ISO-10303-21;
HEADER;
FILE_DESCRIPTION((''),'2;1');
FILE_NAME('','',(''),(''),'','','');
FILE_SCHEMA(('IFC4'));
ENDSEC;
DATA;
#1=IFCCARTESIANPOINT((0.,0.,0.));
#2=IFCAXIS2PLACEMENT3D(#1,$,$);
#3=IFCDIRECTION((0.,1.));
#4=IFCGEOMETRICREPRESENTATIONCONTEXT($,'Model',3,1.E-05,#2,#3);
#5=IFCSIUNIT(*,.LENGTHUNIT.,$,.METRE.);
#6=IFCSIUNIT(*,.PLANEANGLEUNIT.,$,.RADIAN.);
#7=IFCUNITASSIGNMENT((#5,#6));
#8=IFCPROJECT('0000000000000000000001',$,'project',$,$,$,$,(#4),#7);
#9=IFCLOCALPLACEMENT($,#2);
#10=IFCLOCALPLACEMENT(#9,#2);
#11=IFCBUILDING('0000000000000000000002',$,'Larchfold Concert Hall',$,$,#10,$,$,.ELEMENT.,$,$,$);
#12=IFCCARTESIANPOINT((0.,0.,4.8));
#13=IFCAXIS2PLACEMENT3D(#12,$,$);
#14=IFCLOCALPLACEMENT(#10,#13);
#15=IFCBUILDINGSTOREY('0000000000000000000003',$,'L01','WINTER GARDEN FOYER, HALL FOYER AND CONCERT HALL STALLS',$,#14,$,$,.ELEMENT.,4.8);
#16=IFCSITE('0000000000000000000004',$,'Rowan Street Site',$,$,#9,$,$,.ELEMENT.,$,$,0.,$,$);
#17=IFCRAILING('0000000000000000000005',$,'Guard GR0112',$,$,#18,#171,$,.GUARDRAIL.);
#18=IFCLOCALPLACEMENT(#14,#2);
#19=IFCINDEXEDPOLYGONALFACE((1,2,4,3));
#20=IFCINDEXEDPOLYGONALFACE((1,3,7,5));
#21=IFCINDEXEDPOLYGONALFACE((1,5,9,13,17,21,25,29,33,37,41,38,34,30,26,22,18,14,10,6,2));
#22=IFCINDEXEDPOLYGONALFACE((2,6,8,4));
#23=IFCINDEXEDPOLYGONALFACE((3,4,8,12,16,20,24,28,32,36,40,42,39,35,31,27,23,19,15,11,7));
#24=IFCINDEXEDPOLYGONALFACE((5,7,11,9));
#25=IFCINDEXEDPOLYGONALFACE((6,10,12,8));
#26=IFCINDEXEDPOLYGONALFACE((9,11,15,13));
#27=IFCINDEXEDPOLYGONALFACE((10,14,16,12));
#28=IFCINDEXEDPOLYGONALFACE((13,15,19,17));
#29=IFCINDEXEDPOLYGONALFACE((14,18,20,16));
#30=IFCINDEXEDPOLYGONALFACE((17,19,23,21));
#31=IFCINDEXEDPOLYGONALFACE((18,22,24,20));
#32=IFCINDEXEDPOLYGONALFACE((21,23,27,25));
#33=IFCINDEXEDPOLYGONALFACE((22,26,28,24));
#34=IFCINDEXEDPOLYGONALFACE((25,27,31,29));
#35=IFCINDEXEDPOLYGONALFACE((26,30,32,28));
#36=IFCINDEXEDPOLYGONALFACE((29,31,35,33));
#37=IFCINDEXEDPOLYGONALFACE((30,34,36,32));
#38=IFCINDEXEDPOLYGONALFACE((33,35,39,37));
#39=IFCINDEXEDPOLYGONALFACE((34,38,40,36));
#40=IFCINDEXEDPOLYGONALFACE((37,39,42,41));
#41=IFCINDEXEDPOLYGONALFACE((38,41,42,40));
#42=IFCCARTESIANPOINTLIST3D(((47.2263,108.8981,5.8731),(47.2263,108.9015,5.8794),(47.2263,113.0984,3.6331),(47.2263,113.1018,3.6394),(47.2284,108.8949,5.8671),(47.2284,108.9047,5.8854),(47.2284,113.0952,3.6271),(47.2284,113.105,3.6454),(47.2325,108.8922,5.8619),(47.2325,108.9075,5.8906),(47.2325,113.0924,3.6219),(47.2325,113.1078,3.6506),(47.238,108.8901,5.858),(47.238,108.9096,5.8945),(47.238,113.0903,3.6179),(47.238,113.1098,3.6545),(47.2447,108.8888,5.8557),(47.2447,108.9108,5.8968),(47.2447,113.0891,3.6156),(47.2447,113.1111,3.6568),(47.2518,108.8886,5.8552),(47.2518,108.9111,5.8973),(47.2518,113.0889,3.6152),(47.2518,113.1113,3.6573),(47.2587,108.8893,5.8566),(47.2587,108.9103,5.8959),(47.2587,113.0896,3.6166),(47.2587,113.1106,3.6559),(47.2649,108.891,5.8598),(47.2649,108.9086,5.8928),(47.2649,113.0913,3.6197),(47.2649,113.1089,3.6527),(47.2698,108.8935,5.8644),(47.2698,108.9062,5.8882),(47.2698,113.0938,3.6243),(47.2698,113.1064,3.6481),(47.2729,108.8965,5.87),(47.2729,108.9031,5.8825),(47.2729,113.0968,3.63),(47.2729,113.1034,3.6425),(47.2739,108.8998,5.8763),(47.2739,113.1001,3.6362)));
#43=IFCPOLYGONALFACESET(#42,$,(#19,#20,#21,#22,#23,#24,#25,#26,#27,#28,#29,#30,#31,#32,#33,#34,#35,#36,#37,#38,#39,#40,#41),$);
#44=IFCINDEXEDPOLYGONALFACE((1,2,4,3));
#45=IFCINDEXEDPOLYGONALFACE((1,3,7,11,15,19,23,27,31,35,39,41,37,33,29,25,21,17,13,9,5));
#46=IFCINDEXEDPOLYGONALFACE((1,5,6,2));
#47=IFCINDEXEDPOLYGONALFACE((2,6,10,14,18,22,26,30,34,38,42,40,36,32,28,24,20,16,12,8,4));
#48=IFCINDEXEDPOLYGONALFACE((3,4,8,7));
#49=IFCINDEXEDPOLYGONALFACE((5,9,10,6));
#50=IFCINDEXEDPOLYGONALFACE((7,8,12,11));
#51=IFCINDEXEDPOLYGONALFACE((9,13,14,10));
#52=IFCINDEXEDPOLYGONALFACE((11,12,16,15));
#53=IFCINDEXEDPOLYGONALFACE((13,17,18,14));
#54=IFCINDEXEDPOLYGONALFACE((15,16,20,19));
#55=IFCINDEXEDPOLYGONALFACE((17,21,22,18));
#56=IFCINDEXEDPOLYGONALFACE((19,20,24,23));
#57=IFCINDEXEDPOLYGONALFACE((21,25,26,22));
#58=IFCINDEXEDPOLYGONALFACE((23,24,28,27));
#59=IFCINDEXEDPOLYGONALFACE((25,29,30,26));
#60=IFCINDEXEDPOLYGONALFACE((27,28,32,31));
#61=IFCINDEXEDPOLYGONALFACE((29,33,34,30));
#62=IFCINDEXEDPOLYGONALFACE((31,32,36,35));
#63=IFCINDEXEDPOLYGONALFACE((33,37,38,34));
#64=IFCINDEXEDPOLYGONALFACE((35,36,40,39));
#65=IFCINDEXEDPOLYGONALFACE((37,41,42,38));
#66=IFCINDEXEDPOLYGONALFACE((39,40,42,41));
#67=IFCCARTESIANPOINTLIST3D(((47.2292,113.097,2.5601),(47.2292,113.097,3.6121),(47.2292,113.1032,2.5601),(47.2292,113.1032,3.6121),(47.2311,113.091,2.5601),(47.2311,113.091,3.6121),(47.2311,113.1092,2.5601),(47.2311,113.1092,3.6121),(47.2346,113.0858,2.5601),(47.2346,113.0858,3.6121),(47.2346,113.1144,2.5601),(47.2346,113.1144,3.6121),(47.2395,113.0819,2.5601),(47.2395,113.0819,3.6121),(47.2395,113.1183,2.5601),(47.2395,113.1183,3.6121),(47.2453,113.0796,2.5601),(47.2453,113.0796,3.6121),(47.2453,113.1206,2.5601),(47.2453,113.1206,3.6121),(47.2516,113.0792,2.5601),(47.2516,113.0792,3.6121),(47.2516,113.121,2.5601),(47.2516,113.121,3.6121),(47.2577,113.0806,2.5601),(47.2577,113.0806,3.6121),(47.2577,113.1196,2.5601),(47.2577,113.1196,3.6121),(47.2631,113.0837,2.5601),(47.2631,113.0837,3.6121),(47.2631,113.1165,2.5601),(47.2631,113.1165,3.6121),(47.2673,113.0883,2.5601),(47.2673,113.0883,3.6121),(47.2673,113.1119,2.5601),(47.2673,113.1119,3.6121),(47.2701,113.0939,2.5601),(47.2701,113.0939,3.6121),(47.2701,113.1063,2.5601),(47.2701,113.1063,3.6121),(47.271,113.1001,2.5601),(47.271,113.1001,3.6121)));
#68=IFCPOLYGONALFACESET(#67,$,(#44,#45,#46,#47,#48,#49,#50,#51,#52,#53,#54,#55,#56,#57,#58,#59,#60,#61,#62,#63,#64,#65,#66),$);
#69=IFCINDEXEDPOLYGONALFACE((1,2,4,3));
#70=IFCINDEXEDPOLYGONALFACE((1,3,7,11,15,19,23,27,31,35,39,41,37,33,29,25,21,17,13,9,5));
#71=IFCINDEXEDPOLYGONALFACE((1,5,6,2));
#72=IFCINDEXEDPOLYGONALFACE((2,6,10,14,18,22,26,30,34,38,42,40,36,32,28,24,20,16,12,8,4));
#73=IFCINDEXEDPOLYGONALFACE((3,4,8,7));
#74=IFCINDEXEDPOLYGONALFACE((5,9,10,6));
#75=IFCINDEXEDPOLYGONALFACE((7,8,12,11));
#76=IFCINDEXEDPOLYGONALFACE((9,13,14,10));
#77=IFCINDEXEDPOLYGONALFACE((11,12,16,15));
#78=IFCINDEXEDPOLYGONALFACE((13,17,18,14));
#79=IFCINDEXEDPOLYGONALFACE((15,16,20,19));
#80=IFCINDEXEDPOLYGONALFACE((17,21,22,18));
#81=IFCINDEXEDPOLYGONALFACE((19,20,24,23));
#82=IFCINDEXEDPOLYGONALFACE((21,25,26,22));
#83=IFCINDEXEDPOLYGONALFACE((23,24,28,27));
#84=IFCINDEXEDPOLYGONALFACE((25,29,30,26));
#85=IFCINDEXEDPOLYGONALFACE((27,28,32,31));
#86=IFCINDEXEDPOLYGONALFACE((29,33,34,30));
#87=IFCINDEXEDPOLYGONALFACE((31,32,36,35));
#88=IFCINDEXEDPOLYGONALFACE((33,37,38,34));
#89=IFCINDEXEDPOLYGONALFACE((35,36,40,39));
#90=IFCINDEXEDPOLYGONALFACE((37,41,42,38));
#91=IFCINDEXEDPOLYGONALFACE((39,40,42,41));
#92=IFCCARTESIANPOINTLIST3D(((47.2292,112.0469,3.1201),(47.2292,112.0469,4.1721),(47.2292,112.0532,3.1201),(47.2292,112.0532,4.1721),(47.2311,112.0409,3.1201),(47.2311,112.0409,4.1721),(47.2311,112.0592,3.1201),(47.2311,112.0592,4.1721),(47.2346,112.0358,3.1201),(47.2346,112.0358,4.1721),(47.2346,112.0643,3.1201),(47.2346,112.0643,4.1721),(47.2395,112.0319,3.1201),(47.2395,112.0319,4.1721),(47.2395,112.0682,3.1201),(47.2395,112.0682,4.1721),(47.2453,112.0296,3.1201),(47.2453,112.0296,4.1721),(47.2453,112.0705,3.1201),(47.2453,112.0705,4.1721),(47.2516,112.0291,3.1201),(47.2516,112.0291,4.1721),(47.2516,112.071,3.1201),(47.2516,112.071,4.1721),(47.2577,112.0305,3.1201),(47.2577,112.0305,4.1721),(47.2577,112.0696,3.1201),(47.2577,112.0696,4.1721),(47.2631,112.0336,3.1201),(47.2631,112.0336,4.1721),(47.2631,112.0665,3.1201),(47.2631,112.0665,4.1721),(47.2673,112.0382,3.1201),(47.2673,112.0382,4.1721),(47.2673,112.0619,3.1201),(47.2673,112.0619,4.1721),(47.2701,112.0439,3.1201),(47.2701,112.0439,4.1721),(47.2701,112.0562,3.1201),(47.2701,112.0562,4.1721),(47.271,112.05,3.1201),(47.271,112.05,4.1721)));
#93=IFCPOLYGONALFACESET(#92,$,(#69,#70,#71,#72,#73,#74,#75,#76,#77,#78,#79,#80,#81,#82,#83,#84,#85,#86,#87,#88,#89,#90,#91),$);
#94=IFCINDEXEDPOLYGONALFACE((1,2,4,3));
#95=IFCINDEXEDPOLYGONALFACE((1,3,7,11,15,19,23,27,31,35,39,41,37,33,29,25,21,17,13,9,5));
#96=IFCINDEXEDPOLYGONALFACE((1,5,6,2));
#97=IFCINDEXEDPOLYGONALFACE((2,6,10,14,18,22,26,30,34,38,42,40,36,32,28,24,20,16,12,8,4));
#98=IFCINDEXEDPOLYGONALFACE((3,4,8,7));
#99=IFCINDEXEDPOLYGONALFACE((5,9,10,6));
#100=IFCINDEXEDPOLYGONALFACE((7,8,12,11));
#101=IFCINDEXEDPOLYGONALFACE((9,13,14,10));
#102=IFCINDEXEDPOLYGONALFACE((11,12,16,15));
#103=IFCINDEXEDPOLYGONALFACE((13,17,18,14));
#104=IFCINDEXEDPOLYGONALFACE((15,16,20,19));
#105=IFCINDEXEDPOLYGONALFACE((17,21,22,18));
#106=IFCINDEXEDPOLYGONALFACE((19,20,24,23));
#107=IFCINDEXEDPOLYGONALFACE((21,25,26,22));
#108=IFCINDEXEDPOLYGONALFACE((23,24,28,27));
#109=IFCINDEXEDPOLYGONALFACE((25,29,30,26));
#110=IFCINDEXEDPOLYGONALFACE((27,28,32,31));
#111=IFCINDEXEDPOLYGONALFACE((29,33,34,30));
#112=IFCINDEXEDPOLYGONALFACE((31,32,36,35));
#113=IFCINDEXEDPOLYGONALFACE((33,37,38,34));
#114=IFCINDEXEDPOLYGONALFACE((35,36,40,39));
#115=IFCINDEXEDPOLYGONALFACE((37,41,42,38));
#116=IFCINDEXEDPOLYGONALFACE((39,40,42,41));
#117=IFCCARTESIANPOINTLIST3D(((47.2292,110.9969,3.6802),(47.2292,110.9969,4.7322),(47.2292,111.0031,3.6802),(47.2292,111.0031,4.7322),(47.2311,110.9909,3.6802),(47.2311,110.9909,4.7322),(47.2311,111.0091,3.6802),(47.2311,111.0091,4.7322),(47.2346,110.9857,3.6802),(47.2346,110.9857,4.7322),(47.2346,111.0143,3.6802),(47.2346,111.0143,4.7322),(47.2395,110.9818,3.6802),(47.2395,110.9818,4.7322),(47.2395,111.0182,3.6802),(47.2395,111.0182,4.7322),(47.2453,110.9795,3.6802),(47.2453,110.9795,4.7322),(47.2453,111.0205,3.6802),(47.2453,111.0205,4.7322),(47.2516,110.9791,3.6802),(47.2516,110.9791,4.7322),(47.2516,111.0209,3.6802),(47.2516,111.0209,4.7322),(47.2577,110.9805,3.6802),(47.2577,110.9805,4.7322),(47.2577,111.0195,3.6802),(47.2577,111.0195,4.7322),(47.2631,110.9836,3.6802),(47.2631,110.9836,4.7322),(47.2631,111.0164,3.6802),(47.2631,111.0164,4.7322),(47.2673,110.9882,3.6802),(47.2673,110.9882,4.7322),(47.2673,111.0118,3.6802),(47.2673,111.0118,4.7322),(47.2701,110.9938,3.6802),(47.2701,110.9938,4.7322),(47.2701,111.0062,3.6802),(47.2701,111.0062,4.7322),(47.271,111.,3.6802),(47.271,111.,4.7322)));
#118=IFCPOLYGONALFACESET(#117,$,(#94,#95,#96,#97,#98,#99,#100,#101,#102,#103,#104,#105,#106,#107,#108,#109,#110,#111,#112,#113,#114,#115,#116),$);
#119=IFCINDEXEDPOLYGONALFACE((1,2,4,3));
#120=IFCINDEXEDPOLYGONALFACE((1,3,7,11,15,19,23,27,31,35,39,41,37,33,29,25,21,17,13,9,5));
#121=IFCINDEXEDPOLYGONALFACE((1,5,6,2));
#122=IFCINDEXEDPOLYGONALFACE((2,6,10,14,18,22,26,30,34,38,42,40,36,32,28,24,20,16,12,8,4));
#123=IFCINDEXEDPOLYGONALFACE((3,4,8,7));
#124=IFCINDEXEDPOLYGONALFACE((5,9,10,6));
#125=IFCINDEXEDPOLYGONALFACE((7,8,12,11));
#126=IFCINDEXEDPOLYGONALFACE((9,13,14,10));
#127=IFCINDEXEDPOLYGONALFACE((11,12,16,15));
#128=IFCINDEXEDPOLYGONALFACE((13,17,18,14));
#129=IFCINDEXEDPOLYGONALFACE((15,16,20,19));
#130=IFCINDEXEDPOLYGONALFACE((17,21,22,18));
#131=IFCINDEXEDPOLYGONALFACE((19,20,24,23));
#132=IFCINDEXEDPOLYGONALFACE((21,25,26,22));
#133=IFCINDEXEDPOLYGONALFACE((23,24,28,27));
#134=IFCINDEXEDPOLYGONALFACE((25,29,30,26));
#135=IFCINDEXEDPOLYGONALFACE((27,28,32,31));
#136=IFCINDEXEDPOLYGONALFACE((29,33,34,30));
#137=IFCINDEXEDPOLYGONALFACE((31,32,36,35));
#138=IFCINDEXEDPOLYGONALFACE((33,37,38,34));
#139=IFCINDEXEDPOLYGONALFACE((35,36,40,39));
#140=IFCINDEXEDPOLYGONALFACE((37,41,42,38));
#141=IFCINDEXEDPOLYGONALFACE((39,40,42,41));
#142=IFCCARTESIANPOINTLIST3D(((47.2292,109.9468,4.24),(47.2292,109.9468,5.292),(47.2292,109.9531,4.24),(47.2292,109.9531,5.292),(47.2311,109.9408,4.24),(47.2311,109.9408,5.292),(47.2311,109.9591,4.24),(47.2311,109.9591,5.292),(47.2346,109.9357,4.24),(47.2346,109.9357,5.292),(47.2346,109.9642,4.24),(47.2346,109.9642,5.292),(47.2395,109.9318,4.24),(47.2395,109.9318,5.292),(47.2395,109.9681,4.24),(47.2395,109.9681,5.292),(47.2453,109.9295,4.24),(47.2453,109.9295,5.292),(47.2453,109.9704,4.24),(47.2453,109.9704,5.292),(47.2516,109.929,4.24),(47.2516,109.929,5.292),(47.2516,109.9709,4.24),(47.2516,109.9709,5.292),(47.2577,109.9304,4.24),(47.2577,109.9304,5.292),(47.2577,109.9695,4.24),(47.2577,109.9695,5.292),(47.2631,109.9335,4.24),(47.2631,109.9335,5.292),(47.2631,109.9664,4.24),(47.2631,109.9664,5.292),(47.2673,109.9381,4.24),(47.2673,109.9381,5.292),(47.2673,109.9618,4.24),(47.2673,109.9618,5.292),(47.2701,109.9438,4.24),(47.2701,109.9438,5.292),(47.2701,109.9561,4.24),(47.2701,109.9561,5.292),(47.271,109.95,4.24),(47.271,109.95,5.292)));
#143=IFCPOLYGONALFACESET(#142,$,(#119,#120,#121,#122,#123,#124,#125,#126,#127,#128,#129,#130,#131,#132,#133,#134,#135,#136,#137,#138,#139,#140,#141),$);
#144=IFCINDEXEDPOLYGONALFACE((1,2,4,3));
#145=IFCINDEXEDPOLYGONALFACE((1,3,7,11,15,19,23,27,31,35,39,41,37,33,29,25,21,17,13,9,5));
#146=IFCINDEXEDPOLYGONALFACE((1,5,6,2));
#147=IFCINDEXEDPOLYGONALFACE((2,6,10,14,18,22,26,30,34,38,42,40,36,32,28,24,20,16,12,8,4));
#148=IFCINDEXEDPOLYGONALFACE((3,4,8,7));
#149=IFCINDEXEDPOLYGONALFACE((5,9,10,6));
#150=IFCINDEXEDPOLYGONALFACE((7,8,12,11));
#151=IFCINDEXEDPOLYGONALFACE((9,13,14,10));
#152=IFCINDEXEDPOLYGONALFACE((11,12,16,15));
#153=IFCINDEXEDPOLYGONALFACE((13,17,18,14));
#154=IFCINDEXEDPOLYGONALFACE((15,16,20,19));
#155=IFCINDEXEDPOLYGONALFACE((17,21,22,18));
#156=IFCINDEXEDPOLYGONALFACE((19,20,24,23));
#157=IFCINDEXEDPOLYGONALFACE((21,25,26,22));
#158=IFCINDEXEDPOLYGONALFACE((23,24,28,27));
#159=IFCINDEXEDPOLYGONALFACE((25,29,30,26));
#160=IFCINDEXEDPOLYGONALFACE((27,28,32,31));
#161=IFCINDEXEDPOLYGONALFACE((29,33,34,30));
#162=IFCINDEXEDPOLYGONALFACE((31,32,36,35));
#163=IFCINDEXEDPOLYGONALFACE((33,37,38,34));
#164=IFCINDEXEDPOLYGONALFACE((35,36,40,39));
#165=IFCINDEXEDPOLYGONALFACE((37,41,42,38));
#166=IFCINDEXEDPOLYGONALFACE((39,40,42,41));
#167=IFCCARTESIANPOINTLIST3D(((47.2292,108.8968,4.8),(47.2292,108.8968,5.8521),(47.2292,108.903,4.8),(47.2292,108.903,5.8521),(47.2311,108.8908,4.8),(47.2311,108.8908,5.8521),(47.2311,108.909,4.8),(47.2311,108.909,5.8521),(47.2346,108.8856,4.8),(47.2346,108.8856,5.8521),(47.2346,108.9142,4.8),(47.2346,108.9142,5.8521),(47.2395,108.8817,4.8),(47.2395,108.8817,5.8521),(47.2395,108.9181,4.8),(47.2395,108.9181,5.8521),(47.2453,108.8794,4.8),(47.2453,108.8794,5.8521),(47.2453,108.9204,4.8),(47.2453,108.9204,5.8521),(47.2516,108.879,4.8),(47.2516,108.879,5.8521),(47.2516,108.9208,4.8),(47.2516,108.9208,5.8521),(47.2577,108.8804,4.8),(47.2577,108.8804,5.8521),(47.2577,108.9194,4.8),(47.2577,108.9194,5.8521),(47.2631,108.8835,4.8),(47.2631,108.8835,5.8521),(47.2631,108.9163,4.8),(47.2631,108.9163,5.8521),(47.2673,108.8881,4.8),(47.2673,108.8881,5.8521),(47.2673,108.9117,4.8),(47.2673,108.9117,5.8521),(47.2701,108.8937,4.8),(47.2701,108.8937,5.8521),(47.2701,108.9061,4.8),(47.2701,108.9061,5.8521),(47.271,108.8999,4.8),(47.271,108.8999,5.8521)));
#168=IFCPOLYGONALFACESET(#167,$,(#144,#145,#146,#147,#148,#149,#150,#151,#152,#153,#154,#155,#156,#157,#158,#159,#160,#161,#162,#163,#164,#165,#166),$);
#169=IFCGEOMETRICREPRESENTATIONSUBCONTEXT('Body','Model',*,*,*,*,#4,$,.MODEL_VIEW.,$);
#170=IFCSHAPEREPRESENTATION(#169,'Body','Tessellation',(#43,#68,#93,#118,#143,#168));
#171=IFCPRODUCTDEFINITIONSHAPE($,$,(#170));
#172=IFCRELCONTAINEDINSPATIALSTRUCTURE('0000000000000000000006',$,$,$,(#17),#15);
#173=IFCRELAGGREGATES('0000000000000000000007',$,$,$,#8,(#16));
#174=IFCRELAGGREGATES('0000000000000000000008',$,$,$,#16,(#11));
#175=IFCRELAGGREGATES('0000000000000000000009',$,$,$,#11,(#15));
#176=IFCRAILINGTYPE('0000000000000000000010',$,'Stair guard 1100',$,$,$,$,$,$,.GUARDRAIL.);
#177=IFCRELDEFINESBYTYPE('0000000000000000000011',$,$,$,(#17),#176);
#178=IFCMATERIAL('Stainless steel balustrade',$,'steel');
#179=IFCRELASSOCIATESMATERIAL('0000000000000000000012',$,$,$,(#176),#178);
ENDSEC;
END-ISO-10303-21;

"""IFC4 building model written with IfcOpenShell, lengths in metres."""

from ifc_helpers import new_model, si_unit, direction, frame, origin, origin_2d, place, context, subcontext, project, spatial, circle, extrude, material, type_object, element, save


model = new_model("IFC4")

# Units and contexts
model_context = context("Model", 3, precision=1e-05, world=origin(), true_north=direction((0.0, 1.0)))
body_context = subcontext(model_context, "Body", "Model", "MODEL_VIEW")
ifc_project = project(units=[si_unit("LENGTHUNIT", "METRE"), si_unit("PLANEANGLEUNIT", "RADIAN")], contexts=[model_context])

# Site, building, storey
site_placement = place(None, origin())
site = spatial("IfcSite", under=ifc_project, at=site_placement, Name="Rowan Street Site", CompositionType="ELEMENT", RefElevation=0.0)
building_placement = place(site_placement, origin())
building = spatial("IfcBuilding", under=site, at=building_placement, Name="Larchfold Concert Hall", CompositionType="ELEMENT")
storey_placement = place(building_placement, frame((0.0, 0.0, 4.8)))
storey = spatial("IfcBuildingStorey", under=building, at=storey_placement, Name="L01", Description="WINTER GARDEN FOYER, HALL FOYER AND CONCERT HALL STALLS", CompositionType="ELEMENT", Elevation=4.8)

# Railing
ifc_material_1 = material(Name="Stainless steel balustrade", Category="steel")
railing_type_1 = type_object("IfcRailingType", Name="Stair guard 1100", PredefinedType="GUARDRAIL", material=ifc_material_1)
railing_1_placement = place(storey_placement, frame((47.25, 113.1001, 2.5601)))
element("IfcRailing", 1, at=railing_1_placement, inside=storey, type_object=railing_type_1, Name="Guard GR0112", PredefinedType="GUARDRAIL", context=body_context, shape_type="SweptSolid", body=[
    extrude(circle(Radius=0.0239, at=origin_2d()), frame((0.0, 0.0, 1.0762), z_axis=(0.0, -0.882363, 0.47057), x_axis=(1.0, 0.0, 0.0)), (0.0, 0.0, 1.0), 4.7603),
    extrude(circle(Radius=0.021, at=origin_2d()), origin(), (0.0, 0.0, 1.0), 1.052),
    extrude(circle(Radius=0.021, at=origin_2d()), frame((0.0, -1.05, 0.5601)), (0.0, 0.0, 1.0), 1.052),
    extrude(circle(Radius=0.021, at=origin_2d()), frame((0.0, -2.1001, 1.1201)), (0.0, 0.0, 1.0), 1.052),
    extrude(circle(Radius=0.021, at=origin_2d()), frame((0.0, -3.1501, 1.6799)), (0.0, 0.0, 1.0), 1.052),
    extrude(circle(Radius=0.021, at=origin_2d()), frame((0.0, -4.2002, 2.24)), (0.0, 0.0, 1.0), 1.052),
])

save(model, "model.ifc")
